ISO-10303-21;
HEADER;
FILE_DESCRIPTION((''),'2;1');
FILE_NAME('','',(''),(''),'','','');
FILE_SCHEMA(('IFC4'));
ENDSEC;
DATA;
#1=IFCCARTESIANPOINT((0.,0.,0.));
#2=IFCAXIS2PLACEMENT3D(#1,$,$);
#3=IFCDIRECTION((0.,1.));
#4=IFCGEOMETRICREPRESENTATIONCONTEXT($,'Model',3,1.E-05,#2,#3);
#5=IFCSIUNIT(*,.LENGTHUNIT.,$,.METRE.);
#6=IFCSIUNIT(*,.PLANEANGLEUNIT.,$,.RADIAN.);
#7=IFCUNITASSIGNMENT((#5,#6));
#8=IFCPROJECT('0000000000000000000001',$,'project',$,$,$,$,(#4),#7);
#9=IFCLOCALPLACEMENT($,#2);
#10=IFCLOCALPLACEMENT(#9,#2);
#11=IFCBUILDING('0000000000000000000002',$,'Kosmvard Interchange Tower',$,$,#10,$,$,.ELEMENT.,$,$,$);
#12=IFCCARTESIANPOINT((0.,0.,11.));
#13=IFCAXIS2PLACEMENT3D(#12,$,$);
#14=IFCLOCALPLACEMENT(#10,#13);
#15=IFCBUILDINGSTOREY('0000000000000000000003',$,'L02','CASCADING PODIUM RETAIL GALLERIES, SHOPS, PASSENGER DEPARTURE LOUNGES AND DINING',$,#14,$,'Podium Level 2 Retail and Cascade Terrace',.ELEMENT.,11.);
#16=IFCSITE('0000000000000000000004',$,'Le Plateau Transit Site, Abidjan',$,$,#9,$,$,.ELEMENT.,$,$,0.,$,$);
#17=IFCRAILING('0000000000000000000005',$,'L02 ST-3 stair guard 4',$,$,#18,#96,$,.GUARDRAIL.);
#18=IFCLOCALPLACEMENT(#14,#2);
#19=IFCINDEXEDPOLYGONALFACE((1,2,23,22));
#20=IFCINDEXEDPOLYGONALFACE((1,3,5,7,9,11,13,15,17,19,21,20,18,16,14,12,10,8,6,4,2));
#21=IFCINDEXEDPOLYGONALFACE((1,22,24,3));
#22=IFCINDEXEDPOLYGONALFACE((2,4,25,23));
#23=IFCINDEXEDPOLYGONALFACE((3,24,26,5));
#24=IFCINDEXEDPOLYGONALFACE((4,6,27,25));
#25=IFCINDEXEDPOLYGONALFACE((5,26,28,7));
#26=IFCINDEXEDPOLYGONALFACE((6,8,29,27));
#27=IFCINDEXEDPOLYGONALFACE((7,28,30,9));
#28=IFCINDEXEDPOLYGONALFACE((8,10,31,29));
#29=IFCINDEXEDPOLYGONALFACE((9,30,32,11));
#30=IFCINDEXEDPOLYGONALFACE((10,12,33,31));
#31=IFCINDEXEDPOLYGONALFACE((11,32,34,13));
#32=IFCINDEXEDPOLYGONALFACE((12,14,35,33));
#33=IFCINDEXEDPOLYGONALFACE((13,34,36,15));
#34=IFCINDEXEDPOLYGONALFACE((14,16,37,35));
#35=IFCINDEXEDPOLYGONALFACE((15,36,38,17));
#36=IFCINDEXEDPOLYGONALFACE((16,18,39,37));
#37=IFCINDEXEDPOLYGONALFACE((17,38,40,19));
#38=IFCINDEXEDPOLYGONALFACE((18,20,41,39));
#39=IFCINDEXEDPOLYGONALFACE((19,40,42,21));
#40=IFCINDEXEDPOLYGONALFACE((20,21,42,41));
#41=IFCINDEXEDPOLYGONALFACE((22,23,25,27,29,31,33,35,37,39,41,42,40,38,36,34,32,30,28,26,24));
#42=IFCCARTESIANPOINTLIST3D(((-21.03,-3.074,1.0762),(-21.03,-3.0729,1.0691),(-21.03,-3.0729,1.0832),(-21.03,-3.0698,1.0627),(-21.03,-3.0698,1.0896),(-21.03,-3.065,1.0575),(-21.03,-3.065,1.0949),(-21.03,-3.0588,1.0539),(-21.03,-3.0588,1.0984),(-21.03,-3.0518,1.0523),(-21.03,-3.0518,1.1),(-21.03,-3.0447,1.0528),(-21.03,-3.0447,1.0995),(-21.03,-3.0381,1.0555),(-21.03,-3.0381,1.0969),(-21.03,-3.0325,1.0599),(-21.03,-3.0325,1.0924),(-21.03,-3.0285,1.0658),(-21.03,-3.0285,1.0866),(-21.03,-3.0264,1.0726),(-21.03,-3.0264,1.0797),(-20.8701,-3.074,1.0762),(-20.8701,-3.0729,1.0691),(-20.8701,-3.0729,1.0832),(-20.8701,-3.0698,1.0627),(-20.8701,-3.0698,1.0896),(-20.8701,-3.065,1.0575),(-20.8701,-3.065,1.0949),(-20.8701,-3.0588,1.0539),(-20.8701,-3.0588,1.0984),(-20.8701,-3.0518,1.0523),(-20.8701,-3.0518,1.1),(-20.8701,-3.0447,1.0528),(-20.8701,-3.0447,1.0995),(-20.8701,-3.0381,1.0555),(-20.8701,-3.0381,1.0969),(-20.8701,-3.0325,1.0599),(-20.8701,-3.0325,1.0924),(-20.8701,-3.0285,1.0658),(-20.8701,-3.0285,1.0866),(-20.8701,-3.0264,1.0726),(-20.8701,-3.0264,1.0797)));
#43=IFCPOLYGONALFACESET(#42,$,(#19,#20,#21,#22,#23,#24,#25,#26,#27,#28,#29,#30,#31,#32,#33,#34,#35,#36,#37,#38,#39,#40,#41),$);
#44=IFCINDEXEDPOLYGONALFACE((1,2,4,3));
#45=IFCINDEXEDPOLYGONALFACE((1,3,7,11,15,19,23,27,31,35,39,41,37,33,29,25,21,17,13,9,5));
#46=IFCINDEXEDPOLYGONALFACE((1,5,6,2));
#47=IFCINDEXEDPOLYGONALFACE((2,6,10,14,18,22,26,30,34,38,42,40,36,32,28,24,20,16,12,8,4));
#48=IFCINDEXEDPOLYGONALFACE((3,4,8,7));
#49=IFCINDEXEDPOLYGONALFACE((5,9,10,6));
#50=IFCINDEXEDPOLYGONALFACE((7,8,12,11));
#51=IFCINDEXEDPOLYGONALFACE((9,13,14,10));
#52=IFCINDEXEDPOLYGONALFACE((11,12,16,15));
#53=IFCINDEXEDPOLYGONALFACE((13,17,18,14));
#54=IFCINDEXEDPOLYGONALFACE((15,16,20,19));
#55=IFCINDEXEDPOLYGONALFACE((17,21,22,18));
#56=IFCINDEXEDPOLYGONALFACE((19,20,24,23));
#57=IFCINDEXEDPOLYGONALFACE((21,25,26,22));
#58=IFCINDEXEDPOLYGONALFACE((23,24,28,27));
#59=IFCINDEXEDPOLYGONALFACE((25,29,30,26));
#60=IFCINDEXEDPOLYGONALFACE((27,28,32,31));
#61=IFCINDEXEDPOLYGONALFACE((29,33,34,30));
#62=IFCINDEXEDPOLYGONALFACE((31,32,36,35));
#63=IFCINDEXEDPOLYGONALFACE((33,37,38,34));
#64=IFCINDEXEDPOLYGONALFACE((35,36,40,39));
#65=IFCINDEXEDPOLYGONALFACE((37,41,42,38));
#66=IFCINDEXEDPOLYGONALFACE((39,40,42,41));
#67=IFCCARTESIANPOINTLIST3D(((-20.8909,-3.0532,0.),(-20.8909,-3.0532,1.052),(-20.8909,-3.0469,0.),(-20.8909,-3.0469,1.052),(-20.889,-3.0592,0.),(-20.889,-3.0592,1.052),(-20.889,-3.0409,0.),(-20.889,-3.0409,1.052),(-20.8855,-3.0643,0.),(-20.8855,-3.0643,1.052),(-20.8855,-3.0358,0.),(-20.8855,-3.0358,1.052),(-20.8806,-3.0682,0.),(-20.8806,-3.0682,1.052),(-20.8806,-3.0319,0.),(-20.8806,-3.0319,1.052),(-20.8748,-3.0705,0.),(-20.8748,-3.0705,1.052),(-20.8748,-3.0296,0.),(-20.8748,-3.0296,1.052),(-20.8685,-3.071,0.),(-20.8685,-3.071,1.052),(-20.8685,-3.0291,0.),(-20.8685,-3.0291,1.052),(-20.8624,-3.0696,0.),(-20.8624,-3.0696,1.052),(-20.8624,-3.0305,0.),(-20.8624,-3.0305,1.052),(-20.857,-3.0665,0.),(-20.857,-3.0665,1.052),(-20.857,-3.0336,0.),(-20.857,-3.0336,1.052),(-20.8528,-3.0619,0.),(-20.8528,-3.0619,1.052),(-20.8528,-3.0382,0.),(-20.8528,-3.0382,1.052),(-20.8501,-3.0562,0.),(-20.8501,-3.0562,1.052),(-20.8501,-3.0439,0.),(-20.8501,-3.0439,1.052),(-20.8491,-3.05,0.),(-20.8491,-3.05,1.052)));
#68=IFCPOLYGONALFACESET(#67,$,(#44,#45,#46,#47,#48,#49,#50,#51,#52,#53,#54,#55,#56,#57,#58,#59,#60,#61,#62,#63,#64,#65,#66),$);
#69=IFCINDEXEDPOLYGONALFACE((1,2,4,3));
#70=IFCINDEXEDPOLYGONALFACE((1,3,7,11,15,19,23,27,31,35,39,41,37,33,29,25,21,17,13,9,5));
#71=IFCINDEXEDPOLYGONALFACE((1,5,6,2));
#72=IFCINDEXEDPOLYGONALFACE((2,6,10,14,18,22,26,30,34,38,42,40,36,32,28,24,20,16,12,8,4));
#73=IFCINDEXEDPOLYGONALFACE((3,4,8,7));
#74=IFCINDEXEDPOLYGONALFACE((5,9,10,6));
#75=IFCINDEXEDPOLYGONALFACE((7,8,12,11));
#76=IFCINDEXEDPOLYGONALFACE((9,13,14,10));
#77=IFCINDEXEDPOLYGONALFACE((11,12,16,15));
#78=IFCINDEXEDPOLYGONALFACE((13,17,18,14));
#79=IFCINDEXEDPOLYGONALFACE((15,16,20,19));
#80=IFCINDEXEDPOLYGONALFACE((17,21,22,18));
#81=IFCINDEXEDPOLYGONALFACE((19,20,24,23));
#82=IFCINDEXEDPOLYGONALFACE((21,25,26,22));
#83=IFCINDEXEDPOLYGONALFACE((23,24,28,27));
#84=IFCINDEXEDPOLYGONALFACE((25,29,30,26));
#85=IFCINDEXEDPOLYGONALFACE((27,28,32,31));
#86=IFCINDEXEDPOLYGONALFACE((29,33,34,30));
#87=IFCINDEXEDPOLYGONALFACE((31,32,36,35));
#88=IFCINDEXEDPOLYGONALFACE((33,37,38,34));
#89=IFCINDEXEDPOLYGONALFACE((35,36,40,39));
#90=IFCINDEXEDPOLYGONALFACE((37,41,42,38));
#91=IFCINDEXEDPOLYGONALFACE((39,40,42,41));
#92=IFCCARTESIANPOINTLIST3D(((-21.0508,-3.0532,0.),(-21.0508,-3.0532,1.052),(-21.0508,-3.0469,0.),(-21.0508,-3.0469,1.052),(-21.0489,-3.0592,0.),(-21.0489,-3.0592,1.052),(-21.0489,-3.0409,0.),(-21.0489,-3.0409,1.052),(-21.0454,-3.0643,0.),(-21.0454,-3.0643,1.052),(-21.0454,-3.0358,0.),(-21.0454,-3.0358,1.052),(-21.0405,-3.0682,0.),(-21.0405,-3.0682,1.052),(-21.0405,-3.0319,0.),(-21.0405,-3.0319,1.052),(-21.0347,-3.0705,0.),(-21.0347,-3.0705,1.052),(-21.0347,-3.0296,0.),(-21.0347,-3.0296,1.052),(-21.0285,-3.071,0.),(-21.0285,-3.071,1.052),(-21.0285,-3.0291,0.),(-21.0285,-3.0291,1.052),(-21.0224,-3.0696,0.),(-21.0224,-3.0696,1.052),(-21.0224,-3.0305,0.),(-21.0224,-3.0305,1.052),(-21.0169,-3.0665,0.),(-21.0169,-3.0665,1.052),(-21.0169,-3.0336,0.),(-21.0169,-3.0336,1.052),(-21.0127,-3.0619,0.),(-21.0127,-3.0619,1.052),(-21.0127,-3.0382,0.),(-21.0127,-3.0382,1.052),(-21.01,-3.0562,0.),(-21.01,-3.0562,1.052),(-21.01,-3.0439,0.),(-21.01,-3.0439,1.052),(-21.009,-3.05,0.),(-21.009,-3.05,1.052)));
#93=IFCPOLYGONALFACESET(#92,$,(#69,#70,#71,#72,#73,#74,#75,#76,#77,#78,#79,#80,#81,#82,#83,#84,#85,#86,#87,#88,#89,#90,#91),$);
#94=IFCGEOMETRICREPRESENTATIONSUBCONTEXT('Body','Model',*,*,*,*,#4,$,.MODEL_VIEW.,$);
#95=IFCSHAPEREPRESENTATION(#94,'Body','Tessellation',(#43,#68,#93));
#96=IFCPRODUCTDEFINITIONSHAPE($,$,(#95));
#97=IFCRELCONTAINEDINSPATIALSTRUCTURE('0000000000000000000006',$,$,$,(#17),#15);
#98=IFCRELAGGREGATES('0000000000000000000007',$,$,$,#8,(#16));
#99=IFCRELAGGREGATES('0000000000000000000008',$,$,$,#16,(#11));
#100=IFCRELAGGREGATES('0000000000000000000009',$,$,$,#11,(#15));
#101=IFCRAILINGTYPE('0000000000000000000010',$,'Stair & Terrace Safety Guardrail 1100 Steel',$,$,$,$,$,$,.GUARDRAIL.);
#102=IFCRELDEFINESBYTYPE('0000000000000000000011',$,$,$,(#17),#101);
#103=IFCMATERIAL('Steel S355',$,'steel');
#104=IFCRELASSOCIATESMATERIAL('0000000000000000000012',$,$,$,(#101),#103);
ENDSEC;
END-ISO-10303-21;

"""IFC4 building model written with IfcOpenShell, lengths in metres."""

from ifc_helpers import new_model, si_unit, direction, frame, origin, origin_2d, place, context, subcontext, project, spatial, circle, extrude, source, transform, mapped, material, type_object, element, save


model = new_model("IFC4")

# Units and contexts
model_context = context("Model", 3, precision=1e-05, world=origin(), true_north=direction((0.0, 1.0)))
body_context = subcontext(model_context, "Body", "Model", "MODEL_VIEW")
ifc_project = project(units=[si_unit("LENGTHUNIT", "METRE"), si_unit("PLANEANGLEUNIT", "RADIAN")], contexts=[model_context])

# Site, building, storey
site_placement = place(None, origin())
site = spatial("IfcSite", under=ifc_project, at=site_placement, Name="Le Plateau Transit Site, Abidjan", CompositionType="ELEMENT", RefElevation=0.0)
building_placement = place(site_placement, origin())
building = spatial("IfcBuilding", under=site, at=building_placement, Name="Kosmvard Interchange Tower", CompositionType="ELEMENT")
storey_placement = place(building_placement, frame((0.0, 0.0, 11.0)))
storey = spatial("IfcBuildingStorey", under=building, at=storey_placement, Name="L02", Description="CASCADING PODIUM RETAIL GALLERIES, SHOPS, PASSENGER DEPARTURE LOUNGES AND DINING", LongName="Podium Level 2 Retail and Cascade Terrace", CompositionType="ELEMENT", Elevation=11.0)

# Shared definitions
ifc_material_1 = material(Name="Steel S355", Category="steel")

# Railing
railing_type_1 = type_object("IfcRailingType", Name="Stair & Terrace Safety Guardrail 1100 Steel", PredefinedType="GUARDRAIL", material=ifc_material_1)
shared_shape_1 = source(origin(), body_context, "Body", "SweptSolid", [
    extrude(circle(Radius=0.0239, at=origin_2d()), frame((0.0, 0.0, 1.0762), z_axis=(-1.0, 0.0, 0.0), x_axis=(0.0, -1.0, 0.0)), (0.0, 0.0, 1.0), 0.1599),
    extrude(circle(Radius=0.021, at=origin_2d()), origin(), (0.0, 0.0, 1.0), 1.052),
    extrude(circle(Radius=0.021, at=origin_2d()), frame((-0.1599, 0.0, 0.0)), (0.0, 0.0, 1.0), 1.052),
])
railing_1_placement = place(storey_placement, frame((-20.8701, -3.05, 0.0)))
element("IfcRailing", 1, at=railing_1_placement, inside=storey, type_object=railing_type_1, Name="L02 ST-3 stair guard 4", PredefinedType="GUARDRAIL", context=body_context, shape_type="MappedRepresentation", body=[
    mapped(shared_shape_1, transform((0.0, 0.0, 0.0), scale=1.0)),
])

save(model, "model.ifc")
